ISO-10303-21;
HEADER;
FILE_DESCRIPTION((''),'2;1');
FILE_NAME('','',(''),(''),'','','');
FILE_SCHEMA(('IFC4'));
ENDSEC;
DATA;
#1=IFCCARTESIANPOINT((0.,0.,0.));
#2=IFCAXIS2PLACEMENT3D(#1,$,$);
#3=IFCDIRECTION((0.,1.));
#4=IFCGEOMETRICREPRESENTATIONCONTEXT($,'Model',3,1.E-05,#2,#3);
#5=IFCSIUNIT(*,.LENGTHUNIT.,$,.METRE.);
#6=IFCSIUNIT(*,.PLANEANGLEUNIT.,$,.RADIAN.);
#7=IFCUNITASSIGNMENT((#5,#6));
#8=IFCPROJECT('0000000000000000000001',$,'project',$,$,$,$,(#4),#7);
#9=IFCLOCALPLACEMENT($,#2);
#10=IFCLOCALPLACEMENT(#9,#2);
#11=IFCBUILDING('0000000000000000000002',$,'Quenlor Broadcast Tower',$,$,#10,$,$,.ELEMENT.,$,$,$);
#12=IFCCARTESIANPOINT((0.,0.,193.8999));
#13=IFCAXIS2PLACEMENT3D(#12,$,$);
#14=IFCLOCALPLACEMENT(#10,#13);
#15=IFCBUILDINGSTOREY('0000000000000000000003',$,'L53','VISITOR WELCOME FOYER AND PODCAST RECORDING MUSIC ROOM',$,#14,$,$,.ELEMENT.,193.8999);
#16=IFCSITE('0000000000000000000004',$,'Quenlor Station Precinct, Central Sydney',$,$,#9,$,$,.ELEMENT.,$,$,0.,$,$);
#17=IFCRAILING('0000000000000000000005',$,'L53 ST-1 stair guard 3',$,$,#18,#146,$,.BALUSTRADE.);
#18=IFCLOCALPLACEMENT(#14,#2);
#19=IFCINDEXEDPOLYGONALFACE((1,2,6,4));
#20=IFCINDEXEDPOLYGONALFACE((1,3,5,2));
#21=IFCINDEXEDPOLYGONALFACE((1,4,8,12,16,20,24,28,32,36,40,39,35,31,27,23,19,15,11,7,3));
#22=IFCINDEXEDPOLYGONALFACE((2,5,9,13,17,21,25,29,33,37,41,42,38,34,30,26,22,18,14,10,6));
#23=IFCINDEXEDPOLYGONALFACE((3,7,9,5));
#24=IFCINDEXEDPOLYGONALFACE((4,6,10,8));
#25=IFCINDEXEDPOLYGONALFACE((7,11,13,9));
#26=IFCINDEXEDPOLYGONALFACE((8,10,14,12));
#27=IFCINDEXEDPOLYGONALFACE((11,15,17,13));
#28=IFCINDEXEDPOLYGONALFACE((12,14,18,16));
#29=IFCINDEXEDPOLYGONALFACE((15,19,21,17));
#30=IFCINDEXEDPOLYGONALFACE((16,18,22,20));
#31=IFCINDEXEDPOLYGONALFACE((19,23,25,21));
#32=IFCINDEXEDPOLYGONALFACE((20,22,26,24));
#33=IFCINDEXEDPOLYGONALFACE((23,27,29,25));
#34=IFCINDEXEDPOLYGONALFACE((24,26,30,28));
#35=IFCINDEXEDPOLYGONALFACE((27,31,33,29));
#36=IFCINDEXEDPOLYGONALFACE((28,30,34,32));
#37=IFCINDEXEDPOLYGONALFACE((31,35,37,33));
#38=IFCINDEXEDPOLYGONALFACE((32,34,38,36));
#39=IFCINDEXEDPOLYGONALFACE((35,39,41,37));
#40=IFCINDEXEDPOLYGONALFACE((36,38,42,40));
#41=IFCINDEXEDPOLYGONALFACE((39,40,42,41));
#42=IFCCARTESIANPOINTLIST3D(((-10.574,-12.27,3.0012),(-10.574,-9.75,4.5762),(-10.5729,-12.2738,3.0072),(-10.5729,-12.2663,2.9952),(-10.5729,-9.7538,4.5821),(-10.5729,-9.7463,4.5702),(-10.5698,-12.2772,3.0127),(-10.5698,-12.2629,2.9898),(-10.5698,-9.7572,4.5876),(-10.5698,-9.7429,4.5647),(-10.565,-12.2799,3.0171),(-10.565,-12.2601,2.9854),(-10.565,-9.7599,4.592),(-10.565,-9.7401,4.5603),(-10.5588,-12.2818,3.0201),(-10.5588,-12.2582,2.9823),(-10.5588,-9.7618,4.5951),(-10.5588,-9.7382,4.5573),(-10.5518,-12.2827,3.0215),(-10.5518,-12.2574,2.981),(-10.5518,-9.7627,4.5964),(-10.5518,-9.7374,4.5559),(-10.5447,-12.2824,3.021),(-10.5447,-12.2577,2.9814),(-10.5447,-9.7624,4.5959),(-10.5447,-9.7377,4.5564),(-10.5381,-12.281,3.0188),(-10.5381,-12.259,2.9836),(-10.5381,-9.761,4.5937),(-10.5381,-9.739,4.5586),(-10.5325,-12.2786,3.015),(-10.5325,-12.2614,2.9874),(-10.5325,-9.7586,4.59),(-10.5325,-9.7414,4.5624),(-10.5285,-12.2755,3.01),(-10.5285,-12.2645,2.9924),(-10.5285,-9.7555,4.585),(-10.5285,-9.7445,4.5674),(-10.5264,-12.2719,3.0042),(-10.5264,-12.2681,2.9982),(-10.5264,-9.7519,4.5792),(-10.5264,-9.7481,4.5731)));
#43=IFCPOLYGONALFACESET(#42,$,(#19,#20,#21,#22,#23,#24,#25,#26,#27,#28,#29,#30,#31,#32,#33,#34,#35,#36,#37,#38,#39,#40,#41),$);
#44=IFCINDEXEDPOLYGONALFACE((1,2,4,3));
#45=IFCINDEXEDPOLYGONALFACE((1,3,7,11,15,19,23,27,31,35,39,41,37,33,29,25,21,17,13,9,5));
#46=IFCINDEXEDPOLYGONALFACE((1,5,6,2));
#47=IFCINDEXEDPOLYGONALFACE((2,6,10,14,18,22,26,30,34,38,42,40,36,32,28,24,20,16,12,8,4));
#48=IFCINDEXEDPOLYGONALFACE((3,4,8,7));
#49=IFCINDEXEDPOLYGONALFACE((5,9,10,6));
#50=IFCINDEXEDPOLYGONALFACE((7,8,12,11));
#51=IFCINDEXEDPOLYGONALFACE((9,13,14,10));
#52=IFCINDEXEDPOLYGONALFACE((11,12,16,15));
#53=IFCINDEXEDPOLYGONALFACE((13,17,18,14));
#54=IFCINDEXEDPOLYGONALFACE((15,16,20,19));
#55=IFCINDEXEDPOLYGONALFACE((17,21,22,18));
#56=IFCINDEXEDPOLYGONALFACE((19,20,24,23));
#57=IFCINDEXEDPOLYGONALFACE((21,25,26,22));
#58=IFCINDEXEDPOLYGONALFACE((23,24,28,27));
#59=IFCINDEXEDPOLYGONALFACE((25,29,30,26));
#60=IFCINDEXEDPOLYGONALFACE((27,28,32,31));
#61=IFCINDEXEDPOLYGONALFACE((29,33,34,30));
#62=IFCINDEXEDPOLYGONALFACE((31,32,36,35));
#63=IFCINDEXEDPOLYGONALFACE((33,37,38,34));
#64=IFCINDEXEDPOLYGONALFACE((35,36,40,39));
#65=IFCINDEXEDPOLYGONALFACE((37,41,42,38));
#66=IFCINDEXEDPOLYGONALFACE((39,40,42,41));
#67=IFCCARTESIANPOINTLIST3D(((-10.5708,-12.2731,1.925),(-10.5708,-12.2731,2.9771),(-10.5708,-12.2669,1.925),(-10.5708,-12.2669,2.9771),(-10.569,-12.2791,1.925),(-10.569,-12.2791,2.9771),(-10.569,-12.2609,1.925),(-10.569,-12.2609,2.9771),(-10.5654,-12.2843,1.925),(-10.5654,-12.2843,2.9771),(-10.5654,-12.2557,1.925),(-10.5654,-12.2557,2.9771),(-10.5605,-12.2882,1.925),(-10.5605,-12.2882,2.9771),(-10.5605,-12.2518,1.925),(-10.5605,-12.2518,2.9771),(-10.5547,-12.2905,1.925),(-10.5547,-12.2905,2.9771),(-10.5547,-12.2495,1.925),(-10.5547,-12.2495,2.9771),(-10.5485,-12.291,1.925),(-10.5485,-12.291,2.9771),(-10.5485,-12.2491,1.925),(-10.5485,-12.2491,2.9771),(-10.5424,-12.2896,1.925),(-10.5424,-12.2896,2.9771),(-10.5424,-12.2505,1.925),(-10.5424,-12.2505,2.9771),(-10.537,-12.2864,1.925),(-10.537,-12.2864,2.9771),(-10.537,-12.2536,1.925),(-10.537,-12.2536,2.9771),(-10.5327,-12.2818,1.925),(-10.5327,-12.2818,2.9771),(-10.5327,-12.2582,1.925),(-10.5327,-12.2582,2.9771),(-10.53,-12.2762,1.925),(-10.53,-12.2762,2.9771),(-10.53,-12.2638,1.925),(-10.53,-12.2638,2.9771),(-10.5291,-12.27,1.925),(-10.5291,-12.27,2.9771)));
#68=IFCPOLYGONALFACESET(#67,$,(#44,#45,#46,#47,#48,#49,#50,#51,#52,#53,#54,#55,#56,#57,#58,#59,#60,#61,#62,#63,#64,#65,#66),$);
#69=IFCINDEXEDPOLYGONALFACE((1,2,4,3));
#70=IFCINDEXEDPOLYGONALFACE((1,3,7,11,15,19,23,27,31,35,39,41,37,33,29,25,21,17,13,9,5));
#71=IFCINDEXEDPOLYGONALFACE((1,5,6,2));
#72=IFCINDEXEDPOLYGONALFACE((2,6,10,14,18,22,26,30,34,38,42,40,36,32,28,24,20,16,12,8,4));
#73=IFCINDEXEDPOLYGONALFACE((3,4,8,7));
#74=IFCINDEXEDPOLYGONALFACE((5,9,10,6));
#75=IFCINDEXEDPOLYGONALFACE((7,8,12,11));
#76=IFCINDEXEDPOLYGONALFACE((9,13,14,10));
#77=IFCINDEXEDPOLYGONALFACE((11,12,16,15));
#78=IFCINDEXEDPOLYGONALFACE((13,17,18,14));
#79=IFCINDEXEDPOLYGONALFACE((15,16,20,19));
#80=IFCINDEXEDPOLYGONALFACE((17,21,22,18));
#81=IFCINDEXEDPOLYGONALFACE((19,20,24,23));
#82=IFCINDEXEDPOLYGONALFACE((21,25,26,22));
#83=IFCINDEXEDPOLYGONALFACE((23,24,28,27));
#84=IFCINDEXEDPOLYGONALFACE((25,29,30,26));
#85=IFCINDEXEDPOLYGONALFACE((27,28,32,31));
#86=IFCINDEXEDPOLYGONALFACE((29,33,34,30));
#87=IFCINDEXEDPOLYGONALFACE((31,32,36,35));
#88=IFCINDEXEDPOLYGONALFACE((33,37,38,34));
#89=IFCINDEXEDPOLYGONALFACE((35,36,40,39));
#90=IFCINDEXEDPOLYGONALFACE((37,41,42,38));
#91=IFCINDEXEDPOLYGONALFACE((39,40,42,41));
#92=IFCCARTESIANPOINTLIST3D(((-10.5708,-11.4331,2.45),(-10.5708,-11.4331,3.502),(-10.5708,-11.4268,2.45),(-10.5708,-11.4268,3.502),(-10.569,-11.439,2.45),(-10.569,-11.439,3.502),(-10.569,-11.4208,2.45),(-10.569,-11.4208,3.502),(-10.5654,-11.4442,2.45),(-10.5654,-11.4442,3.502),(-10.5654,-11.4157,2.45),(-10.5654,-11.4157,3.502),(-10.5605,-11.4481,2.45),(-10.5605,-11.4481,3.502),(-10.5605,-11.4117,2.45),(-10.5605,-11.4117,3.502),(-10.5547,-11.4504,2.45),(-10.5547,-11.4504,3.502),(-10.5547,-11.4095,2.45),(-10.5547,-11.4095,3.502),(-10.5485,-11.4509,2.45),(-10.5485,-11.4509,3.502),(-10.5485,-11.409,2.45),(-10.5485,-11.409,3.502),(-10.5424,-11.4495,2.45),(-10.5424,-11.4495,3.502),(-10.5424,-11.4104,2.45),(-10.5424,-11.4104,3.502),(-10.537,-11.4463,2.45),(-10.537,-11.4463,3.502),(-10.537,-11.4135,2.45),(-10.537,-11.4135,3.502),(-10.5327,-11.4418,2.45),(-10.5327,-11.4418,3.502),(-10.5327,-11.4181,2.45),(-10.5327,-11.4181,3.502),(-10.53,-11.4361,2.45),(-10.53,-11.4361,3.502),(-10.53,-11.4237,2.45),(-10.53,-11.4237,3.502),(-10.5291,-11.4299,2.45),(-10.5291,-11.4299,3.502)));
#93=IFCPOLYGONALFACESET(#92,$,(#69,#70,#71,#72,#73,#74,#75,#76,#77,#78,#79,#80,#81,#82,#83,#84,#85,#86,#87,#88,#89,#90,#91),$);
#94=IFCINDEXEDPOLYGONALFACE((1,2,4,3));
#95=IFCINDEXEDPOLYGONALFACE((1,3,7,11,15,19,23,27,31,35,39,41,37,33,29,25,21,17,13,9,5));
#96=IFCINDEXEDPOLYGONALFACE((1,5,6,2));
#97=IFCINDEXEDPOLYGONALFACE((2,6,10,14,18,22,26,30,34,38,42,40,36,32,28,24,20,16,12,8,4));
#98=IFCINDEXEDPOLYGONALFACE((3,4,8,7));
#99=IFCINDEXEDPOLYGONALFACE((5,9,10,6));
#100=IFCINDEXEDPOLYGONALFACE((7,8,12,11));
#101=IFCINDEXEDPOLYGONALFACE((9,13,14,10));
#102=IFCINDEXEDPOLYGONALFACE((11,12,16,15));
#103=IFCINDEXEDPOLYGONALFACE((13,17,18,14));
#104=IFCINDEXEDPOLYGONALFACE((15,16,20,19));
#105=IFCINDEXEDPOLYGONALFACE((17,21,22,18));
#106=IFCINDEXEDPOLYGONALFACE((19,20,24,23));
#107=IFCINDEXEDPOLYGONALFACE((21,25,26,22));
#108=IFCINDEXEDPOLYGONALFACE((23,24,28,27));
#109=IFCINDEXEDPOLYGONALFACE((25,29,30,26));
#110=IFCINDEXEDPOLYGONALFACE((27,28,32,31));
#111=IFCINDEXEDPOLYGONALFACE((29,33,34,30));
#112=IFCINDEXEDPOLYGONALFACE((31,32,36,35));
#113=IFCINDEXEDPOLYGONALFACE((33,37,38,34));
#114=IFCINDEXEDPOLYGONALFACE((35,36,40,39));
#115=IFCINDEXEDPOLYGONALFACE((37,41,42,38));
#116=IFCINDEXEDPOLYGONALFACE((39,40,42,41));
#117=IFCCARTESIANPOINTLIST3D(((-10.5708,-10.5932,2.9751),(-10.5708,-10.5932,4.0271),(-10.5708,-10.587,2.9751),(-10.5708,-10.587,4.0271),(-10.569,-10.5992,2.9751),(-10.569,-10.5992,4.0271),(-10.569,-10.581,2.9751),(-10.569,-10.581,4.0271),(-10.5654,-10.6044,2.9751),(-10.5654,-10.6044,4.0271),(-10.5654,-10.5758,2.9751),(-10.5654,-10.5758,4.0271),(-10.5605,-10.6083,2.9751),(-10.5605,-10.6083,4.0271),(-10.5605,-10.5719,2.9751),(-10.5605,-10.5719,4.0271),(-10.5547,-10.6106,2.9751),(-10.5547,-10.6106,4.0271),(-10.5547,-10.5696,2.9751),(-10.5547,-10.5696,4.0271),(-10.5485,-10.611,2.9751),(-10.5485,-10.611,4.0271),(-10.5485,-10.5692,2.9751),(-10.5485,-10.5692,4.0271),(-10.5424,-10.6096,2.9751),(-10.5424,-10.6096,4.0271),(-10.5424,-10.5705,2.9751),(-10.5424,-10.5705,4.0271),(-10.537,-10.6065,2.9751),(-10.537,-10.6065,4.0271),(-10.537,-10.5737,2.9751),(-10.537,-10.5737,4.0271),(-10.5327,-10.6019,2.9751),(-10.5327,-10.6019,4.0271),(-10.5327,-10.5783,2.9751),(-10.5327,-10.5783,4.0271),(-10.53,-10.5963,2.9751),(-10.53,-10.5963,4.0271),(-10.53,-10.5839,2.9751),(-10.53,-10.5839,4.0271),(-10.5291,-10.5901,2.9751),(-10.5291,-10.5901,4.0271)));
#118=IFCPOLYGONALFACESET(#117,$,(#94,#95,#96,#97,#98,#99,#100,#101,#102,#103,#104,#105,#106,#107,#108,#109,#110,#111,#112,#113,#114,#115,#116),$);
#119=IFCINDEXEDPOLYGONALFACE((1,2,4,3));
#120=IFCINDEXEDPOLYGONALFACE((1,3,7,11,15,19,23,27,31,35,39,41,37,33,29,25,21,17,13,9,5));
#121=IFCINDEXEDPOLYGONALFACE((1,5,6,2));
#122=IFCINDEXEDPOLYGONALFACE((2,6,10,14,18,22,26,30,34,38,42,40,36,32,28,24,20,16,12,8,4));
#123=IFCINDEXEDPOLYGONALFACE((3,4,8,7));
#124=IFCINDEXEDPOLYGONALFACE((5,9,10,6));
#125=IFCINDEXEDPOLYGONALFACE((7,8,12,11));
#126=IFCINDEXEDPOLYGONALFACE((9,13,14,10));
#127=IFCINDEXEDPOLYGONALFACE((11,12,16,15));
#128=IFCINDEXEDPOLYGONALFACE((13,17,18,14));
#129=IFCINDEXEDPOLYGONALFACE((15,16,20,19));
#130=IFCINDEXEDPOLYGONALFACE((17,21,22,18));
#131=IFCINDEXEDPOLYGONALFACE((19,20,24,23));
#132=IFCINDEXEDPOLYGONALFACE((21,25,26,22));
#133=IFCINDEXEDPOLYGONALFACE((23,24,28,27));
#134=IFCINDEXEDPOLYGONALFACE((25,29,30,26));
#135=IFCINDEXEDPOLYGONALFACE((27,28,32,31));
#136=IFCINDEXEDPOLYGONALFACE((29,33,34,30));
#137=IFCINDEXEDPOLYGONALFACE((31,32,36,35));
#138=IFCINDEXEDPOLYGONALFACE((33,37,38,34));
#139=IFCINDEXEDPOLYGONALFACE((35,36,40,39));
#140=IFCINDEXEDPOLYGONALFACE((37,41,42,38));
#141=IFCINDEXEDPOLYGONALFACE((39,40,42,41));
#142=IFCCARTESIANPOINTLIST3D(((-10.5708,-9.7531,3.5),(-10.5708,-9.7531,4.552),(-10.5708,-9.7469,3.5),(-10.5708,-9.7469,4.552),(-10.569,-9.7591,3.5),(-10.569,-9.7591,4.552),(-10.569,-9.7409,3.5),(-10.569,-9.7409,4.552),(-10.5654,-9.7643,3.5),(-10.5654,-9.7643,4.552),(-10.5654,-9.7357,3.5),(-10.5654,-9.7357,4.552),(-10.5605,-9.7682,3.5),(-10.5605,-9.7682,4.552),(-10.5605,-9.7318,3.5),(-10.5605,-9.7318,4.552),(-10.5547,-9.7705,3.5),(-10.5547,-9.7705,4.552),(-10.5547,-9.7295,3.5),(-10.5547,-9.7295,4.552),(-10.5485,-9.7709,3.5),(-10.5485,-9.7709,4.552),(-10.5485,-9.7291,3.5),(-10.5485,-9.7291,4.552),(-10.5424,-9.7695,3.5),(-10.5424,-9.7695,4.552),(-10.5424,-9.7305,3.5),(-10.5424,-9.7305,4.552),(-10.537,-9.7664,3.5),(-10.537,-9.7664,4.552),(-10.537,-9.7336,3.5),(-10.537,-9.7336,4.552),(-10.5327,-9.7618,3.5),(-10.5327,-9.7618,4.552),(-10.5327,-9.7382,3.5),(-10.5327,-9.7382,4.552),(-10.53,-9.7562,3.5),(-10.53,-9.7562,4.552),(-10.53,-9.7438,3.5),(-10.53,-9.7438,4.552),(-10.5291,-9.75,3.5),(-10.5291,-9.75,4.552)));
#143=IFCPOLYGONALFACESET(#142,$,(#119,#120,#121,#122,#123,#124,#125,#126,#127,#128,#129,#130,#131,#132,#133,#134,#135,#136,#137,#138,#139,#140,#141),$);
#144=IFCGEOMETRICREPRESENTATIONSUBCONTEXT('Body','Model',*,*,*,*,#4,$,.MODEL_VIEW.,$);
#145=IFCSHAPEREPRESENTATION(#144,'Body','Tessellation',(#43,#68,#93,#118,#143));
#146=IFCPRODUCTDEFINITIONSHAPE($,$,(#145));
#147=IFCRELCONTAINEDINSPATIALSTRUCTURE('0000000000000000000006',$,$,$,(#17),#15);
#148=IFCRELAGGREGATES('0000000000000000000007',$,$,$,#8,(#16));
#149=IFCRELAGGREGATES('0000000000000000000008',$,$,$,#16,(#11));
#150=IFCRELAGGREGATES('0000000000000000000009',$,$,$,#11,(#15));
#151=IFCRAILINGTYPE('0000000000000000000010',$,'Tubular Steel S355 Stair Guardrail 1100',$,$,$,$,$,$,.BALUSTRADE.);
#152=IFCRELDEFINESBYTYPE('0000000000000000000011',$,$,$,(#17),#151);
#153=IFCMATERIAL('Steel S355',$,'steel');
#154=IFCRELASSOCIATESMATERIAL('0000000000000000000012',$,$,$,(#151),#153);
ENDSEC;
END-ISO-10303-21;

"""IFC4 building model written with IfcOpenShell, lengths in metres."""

from ifc_helpers import new_model, si_unit, direction, frame, origin, origin_2d, place, context, subcontext, project, spatial, circle, extrude, material, type_object, element, save


model = new_model("IFC4")

# Units and contexts
model_context = context("Model", 3, precision=1e-05, world=origin(), true_north=direction((0.0, 1.0)))
body_context = subcontext(model_context, "Body", "Model", "MODEL_VIEW")
ifc_project = project(units=[si_unit("LENGTHUNIT", "METRE"), si_unit("PLANEANGLEUNIT", "RADIAN")], contexts=[model_context])

# Site, building, storey
site_placement = place(None, origin())
site = spatial("IfcSite", under=ifc_project, at=site_placement, Name="Quenlor Station Precinct, Central Sydney", CompositionType="ELEMENT", RefElevation=0.0)
building_placement = place(site_placement, origin())
building = spatial("IfcBuilding", under=site, at=building_placement, Name="Quenlor Broadcast Tower", CompositionType="ELEMENT")
storey_placement = place(building_placement, frame((0.0, 0.0, 193.8999)))
storey = spatial("IfcBuildingStorey", under=building, at=storey_placement, Name="L53", Description="VISITOR WELCOME FOYER AND PODCAST RECORDING MUSIC ROOM", CompositionType="ELEMENT", Elevation=193.8999)

# Railing
ifc_material_1 = material(Name="Steel S355", Category="steel")
railing_type_1 = type_object("IfcRailingType", Name="Tubular Steel S355 Stair Guardrail 1100", PredefinedType="BALUSTRADE", material=ifc_material_1)
railing_1_placement = place(storey_placement, frame((-10.55, -12.27, 1.925)))
element("IfcRailing", 1, at=railing_1_placement, inside=storey, type_object=railing_type_1, Name="L53 ST-1 stair guard 3", PredefinedType="BALUSTRADE", context=body_context, shape_type="SweptSolid", body=[
    extrude(circle(Radius=0.0239, at=origin_2d()), frame((0.0, 0.0, 1.0762), z_axis=(0.0, 0.848008, 0.529984), x_axis=(-1.0, 0.0, 0.0)), (0.0, 0.0, 1.0), 2.9717),
    extrude(circle(Radius=0.021, at=origin_2d()), origin(), (0.0, 0.0, 1.0), 1.052),
    extrude(circle(Radius=0.021, at=origin_2d()), frame((0.0, 0.8401, 0.5249)), (0.0, 0.0, 1.0), 1.052),
    extrude(circle(Radius=0.021, at=origin_2d()), frame((0.0, 1.6799, 1.05)), (0.0, 0.0, 1.0), 1.052),
    extrude(circle(Radius=0.021, at=origin_2d()), frame((0.0, 2.52, 1.575)), (0.0, 0.0, 1.0), 1.052),
])

save(model, "model.ifc")
